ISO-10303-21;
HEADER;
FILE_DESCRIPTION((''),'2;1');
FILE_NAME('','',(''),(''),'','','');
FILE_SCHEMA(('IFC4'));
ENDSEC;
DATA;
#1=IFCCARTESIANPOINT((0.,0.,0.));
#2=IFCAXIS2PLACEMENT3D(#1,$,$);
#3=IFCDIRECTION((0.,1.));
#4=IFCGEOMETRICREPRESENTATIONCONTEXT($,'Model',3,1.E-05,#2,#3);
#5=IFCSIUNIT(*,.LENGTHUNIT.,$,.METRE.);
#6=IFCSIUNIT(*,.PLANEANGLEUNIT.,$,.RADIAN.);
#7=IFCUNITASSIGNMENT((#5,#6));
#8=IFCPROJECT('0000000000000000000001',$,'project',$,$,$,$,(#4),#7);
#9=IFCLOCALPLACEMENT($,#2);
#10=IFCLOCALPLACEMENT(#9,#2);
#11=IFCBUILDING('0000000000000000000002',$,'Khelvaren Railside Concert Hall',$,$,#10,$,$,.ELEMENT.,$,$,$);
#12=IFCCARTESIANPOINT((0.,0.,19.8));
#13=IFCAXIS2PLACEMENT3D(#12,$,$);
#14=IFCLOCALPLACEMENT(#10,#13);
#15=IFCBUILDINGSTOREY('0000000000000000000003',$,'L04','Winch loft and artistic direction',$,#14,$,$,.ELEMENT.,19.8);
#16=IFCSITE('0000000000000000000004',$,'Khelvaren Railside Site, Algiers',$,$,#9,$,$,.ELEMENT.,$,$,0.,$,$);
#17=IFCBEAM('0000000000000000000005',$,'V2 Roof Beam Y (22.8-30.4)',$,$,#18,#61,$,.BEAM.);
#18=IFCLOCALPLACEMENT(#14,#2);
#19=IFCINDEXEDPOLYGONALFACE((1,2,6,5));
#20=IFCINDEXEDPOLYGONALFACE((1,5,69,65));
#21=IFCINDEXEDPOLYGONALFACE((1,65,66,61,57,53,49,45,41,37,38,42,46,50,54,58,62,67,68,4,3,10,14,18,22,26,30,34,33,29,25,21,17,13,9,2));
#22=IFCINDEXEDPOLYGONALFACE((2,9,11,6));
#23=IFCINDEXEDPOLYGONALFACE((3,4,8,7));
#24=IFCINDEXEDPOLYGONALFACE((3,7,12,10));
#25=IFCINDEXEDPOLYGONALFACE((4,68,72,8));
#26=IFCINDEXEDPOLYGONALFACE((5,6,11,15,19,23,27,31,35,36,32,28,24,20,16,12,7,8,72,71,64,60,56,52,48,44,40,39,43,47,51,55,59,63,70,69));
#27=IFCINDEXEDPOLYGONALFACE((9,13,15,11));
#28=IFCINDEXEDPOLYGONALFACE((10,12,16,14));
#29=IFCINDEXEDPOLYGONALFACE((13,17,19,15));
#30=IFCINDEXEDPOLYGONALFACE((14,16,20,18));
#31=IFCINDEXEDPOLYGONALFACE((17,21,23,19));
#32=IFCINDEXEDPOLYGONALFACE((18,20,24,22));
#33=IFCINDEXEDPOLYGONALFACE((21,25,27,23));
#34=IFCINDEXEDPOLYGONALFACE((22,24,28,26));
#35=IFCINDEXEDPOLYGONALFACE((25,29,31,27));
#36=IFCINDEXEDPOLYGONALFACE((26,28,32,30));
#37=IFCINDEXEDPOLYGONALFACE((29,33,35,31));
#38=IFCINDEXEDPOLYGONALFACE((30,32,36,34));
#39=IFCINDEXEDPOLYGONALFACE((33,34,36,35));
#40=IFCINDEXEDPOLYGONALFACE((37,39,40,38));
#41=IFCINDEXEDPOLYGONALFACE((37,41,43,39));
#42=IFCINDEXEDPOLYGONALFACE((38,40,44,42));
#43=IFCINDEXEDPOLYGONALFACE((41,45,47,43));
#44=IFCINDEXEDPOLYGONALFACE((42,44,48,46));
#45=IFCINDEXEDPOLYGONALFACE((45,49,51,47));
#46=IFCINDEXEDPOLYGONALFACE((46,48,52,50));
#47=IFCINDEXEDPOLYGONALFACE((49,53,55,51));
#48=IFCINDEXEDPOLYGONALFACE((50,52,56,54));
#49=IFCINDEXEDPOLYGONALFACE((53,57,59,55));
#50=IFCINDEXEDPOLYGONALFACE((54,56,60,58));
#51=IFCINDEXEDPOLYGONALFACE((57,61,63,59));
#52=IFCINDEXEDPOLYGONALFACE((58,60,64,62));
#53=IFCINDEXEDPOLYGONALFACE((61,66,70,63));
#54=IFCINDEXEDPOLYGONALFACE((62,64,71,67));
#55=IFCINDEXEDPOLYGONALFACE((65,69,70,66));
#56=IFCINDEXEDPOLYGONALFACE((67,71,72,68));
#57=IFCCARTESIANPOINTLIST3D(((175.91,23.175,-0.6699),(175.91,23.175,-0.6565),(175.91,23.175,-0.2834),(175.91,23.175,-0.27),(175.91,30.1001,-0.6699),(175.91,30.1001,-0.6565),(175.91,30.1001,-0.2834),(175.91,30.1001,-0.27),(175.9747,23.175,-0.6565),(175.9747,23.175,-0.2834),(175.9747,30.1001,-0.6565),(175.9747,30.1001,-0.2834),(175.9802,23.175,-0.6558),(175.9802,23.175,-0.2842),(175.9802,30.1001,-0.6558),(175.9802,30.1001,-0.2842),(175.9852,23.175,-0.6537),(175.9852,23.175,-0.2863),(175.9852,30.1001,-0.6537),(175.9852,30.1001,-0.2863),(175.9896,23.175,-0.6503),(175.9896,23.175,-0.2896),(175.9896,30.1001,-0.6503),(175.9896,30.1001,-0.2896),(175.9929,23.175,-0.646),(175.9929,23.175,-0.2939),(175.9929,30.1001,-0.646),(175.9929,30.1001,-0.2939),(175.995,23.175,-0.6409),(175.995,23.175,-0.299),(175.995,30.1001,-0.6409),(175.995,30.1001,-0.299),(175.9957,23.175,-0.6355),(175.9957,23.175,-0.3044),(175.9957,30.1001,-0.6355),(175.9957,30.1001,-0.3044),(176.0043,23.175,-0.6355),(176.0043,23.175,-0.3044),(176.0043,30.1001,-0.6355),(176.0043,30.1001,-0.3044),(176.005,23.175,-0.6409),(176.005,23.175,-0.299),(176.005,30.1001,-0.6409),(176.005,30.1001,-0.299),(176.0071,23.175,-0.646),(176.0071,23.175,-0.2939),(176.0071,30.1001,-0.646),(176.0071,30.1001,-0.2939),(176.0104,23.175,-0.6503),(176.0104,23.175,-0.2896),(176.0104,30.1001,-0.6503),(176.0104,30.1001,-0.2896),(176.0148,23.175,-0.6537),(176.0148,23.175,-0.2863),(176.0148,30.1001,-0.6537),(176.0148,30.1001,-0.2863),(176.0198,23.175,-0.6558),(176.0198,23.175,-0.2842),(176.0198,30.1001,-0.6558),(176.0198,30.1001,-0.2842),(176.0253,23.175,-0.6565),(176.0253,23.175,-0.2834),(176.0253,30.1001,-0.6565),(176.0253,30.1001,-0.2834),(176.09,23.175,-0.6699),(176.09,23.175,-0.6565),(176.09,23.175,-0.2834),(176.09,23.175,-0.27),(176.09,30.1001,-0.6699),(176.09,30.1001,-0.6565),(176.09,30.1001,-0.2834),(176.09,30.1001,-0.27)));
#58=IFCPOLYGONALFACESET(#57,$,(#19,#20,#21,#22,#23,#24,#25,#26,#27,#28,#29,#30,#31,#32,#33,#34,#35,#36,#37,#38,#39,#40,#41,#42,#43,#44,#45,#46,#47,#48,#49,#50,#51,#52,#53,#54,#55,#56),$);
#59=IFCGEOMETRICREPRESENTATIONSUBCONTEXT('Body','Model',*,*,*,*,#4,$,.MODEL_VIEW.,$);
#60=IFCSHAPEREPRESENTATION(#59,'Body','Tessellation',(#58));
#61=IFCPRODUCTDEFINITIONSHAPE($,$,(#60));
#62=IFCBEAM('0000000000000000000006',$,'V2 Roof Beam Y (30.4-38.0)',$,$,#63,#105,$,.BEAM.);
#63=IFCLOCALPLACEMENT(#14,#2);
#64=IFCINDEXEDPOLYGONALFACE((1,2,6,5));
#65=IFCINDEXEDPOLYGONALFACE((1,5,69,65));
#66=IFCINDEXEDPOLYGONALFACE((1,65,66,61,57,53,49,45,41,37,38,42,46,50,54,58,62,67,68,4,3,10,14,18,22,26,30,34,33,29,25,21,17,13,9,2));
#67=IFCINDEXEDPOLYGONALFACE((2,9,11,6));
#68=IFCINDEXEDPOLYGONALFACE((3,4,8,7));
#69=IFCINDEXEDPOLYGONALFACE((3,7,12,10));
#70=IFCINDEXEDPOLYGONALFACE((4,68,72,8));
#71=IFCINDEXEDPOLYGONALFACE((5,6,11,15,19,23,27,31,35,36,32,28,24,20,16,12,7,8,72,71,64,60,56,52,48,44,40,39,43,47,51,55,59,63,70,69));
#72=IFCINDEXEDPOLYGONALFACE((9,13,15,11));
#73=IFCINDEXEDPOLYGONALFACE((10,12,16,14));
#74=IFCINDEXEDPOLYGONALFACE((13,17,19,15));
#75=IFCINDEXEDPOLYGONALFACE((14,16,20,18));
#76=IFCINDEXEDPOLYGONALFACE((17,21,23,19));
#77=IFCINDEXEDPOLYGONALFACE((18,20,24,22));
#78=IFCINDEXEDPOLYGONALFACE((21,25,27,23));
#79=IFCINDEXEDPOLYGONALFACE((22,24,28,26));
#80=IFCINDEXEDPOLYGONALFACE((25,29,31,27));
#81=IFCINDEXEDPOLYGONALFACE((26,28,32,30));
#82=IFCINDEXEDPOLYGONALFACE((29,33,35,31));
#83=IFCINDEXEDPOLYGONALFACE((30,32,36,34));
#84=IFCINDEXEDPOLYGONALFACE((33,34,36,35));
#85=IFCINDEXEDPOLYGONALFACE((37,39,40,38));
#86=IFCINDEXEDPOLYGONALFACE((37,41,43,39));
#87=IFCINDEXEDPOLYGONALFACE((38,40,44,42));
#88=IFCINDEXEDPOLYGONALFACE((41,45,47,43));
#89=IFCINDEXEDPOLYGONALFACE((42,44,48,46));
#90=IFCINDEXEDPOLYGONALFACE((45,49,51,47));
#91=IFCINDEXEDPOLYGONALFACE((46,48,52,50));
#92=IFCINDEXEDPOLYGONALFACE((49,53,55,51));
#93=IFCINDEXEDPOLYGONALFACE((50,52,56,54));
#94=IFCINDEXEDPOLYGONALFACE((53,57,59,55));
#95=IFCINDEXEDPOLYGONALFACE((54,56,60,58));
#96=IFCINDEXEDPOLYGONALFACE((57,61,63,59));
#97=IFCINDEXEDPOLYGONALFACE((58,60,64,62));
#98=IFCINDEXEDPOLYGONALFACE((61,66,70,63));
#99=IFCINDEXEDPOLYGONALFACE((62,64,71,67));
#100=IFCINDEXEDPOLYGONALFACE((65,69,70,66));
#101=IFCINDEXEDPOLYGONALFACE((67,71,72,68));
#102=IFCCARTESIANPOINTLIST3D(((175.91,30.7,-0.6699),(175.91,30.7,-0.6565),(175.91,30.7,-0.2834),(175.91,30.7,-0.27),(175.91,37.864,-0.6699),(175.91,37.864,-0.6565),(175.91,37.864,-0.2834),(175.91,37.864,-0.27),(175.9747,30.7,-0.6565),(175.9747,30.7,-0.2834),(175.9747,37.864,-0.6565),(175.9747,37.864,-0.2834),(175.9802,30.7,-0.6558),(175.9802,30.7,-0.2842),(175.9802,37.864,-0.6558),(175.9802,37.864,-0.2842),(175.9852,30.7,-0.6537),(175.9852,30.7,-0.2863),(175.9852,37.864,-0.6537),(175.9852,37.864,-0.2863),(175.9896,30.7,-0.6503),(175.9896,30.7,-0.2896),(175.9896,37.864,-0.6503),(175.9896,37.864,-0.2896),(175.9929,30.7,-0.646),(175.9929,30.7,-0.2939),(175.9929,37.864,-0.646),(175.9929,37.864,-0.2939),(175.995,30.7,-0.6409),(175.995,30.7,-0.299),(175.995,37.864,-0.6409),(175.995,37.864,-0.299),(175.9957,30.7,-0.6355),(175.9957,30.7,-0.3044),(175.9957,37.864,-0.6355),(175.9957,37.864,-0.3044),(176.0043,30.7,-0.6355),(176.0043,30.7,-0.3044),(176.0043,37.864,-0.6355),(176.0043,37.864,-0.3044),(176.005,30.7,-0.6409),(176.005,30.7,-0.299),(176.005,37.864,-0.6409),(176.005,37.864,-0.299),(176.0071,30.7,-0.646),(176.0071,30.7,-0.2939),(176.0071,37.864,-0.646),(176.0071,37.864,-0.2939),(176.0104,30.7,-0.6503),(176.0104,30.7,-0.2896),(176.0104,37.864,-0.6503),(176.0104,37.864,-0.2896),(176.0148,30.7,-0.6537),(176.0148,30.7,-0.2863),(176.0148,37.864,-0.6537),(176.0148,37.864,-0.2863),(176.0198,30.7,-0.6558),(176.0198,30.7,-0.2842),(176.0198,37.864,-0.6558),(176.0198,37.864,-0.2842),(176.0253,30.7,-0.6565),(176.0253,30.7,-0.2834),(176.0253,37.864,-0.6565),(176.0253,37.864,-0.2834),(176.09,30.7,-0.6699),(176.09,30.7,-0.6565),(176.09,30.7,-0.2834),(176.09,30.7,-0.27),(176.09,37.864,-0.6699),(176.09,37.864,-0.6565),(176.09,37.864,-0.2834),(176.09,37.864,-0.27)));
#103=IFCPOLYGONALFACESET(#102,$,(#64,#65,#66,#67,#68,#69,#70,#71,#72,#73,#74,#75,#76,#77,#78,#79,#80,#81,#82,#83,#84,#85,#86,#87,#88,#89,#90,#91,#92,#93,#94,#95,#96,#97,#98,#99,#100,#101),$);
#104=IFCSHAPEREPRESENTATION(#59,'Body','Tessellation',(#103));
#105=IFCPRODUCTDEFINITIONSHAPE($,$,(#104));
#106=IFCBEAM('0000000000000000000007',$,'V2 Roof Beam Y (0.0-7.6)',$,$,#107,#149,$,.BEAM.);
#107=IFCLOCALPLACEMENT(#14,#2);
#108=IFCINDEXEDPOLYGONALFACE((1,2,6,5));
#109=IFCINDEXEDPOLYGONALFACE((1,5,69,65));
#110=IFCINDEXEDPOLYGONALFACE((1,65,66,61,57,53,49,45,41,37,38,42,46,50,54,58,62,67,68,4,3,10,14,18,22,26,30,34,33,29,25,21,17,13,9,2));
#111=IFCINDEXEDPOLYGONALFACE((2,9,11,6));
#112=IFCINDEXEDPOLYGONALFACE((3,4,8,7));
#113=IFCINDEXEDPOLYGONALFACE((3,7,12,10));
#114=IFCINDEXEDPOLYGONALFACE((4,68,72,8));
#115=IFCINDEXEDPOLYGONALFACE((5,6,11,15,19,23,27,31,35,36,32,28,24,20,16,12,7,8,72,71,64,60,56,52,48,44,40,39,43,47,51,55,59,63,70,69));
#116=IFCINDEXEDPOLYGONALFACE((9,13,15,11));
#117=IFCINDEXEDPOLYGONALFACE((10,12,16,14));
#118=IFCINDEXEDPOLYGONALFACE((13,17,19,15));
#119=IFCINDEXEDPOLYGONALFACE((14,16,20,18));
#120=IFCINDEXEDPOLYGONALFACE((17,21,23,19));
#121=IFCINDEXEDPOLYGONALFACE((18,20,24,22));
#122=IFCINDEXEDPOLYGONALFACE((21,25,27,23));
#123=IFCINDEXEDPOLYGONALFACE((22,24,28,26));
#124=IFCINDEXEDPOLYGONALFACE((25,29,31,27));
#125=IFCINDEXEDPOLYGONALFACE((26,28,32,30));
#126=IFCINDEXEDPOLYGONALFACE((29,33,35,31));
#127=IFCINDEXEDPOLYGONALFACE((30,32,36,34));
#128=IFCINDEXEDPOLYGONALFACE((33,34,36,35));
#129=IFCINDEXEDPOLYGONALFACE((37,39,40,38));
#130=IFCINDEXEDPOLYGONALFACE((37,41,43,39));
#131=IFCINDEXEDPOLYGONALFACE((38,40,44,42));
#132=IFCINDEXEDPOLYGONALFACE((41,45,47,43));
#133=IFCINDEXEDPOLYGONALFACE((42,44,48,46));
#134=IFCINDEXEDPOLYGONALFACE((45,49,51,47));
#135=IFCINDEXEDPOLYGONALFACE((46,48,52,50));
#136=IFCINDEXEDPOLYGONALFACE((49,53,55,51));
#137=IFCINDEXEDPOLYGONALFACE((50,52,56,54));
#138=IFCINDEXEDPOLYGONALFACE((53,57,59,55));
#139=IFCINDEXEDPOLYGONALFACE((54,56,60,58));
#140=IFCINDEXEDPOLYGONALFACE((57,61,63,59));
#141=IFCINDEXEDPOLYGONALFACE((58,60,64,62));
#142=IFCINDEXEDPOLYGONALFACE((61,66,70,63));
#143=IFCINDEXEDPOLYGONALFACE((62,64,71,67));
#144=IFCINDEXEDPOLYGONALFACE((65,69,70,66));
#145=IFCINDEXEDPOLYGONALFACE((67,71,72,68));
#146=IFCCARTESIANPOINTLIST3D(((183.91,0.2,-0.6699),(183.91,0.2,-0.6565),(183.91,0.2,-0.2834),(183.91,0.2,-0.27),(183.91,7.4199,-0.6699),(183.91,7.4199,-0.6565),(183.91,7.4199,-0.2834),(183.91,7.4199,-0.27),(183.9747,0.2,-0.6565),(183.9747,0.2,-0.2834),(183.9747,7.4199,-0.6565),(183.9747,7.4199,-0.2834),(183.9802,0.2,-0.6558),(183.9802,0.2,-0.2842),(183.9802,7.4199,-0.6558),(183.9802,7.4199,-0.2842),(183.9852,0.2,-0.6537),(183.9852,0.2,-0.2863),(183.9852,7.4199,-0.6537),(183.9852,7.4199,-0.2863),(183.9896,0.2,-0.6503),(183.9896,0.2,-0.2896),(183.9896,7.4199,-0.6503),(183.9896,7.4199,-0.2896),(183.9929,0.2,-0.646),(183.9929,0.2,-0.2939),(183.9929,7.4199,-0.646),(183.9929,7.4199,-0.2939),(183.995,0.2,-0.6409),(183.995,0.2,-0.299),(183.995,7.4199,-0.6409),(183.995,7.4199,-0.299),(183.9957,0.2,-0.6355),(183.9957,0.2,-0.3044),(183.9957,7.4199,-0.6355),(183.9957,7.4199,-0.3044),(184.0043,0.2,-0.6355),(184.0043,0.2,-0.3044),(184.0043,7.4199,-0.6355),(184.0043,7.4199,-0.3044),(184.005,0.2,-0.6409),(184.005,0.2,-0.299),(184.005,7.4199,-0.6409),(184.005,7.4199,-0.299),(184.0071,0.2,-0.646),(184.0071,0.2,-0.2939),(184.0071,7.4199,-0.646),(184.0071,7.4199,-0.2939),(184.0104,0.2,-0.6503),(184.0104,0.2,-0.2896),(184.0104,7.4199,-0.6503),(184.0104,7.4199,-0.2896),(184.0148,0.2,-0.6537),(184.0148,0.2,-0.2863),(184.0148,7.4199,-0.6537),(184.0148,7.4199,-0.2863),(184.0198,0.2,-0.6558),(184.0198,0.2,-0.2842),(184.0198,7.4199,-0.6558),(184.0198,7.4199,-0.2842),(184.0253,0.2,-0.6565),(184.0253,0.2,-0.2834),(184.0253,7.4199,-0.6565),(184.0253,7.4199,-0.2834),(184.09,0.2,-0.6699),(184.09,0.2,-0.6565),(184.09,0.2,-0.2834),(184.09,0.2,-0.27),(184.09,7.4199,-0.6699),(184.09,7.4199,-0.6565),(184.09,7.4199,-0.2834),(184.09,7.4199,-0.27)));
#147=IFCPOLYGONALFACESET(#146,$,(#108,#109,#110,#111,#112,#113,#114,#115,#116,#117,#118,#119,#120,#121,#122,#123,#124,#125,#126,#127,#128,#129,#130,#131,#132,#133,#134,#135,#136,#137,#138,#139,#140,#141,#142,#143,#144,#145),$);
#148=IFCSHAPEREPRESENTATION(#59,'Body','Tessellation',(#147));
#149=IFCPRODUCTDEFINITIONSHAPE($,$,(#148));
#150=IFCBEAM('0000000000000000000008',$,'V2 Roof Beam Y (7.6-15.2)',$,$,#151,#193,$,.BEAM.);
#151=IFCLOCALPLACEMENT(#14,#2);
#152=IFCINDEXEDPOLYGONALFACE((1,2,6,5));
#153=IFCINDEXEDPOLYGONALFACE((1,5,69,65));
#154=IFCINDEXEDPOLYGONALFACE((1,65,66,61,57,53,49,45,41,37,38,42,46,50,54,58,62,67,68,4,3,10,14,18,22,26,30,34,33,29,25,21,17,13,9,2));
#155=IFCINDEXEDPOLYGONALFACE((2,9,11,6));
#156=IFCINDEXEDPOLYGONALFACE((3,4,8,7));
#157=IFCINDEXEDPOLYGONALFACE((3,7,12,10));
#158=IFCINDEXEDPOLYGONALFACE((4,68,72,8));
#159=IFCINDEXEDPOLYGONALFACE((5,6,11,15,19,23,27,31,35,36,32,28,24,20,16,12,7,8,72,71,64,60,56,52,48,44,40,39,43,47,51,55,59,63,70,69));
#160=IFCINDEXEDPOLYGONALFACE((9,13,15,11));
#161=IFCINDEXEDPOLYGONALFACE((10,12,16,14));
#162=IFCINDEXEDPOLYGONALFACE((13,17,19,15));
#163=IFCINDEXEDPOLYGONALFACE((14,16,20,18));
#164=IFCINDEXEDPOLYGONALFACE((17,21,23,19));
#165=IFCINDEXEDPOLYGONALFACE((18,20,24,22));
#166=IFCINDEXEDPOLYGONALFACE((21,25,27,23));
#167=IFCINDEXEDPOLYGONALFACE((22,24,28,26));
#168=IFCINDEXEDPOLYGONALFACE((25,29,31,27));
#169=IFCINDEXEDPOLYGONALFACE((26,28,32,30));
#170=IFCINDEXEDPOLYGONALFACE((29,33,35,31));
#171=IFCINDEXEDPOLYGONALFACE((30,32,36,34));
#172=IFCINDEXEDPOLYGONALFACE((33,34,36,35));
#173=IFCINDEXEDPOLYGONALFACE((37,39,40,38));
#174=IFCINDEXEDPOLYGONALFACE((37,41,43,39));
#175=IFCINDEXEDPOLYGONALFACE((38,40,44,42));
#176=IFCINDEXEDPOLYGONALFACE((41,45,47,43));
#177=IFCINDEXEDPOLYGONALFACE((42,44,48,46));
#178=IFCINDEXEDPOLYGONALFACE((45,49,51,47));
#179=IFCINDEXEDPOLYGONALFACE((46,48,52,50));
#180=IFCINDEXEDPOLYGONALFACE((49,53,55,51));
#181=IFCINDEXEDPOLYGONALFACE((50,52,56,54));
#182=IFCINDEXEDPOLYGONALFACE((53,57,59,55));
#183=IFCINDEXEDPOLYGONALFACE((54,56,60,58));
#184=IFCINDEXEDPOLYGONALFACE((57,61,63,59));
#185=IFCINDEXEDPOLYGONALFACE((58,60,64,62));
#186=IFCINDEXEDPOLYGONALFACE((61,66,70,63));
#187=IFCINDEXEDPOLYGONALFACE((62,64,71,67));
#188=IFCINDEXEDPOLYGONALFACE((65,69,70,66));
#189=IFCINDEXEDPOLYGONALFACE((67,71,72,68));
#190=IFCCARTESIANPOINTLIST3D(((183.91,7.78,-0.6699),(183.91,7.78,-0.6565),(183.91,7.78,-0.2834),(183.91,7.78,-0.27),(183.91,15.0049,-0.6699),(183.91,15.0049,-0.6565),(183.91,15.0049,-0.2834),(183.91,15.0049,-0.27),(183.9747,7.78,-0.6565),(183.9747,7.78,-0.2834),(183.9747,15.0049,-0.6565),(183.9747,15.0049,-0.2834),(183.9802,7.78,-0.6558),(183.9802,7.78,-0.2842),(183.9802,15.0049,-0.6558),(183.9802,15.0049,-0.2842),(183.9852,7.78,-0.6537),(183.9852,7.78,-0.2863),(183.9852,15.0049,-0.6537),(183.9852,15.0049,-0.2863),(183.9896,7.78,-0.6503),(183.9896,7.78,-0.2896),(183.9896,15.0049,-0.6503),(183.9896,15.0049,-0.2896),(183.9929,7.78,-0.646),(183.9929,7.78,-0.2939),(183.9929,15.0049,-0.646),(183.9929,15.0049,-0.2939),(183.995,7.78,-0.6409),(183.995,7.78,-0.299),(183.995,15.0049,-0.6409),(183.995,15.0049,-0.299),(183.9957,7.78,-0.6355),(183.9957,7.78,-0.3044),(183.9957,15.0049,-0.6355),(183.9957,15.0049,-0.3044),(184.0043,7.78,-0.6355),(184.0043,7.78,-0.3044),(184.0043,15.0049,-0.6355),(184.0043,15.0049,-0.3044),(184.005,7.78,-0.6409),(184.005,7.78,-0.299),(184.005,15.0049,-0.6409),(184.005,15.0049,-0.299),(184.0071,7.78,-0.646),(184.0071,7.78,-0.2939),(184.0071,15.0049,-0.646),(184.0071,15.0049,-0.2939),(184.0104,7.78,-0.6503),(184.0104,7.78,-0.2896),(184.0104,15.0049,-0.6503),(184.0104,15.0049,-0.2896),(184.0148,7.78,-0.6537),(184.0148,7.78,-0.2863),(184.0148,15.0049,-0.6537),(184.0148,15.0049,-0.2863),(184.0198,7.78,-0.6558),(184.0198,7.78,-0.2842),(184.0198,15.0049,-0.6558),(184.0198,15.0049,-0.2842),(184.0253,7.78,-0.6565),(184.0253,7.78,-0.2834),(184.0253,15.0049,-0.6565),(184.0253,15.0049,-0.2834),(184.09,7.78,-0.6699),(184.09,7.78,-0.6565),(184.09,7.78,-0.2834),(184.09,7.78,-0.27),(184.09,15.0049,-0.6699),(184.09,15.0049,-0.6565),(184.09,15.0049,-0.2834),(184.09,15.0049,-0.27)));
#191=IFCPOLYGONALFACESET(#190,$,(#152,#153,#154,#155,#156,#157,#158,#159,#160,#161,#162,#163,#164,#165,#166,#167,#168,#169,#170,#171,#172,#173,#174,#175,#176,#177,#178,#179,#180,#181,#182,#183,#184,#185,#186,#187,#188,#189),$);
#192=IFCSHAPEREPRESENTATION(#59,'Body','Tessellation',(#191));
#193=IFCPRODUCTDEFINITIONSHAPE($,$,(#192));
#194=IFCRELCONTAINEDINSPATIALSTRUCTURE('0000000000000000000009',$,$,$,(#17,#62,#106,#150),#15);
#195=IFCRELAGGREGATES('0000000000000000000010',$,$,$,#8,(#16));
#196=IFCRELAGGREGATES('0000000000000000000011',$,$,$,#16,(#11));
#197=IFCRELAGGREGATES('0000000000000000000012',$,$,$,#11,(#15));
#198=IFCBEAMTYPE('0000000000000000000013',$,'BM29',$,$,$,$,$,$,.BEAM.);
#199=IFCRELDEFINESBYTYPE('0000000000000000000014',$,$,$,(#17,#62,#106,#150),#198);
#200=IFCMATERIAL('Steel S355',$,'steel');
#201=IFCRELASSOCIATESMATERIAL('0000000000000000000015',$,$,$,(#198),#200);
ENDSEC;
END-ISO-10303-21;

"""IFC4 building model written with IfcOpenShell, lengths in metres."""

from ifc_helpers import new_model, si_unit, direction, frame, origin, origin_2d, place, context, subcontext, project, spatial, i_section, extrude, material, material_profile, profile_set, type_object, element, save


model = new_model("IFC4")

# Units and contexts
model_context = context("Model", 3, precision=1e-05, world=origin(), true_north=direction((0.0, 1.0)))
body_context = subcontext(model_context, "Body", "Model", "MODEL_VIEW")
ifc_project = project(units=[si_unit("LENGTHUNIT", "METRE"), si_unit("PLANEANGLEUNIT", "RADIAN")], contexts=[model_context])

# Site, building, storey
site_placement = place(None, origin())
site = spatial("IfcSite", under=ifc_project, at=site_placement, Name="Khelvaren Railside Site, Algiers", CompositionType="ELEMENT", RefElevation=0.0)
building_placement = place(site_placement, origin())
building = spatial("IfcBuilding", under=site, at=building_placement, Name="Khelvaren Railside Concert Hall", CompositionType="ELEMENT")
storey_placement = place(building_placement, frame((0.0, 0.0, 19.8)))
storey = spatial("IfcBuildingStorey", under=building, at=storey_placement, Name="L04", Description="Winch loft and artistic direction", CompositionType="ELEMENT", Elevation=19.8)

# Beams
ifc_material_1 = material(Name="Steel S355", Category="steel")
ifc_material_profile_1 = material_profile(ifc_material_1, i_section(OverallWidth=0.1799, OverallDepth=0.3999, WebThickness=0.0085, FlangeThickness=0.0134, FilletRadius=0.021, at=origin_2d()), Name="IPE 400")
ifc_profile_set_1 = profile_set([ifc_material_profile_1], Name="Steel S355")
beam_type_1 = type_object("IfcBeamType", Name="BM29", PredefinedType="BEAM", material=ifc_profile_set_1)
beam_1_placement = place(storey_placement, frame((176.0, 23.175, -0.47), z_axis=(0.0, 1.0, 0.0), x_axis=(-1.0, 0.0, 0.0)))
element("IfcBeam", 1, at=beam_1_placement, inside=storey, type_object=beam_type_1, Name="V2 Roof Beam Y (22.8-30.4)", PredefinedType="BEAM", context=body_context, shape_type="SweptSolid", body=[
    extrude(i_section(OverallWidth=0.1799, OverallDepth=0.3999, WebThickness=0.0085, FlangeThickness=0.0134, FilletRadius=0.021, at=origin_2d()), origin(), (0.0, 0.0, 1.0), 6.925),
])
beam_2_placement = place(storey_placement, frame((176.0, 30.7, -0.47), z_axis=(0.0, 1.0, 0.0), x_axis=(-1.0, 0.0, 0.0)))
element("IfcBeam", 2, at=beam_2_placement, inside=storey, type_object=beam_type_1, Name="V2 Roof Beam Y (30.4-38.0)", PredefinedType="BEAM", context=body_context, shape_type="SweptSolid", body=[
    extrude(i_section(OverallWidth=0.1799, OverallDepth=0.3999, WebThickness=0.0085, FlangeThickness=0.0134, FilletRadius=0.021, at=origin_2d()), origin(), (0.0, 0.0, 1.0), 7.1641),
])
beam_3_placement = place(storey_placement, frame((184.0, 0.2, -0.47), z_axis=(0.0, 1.0, 0.0), x_axis=(-1.0, 0.0, 0.0)))
element("IfcBeam", 3, at=beam_3_placement, inside=storey, type_object=beam_type_1, Name="V2 Roof Beam Y (0.0-7.6)", PredefinedType="BEAM", context=body_context, shape_type="SweptSolid", body=[
    extrude(i_section(OverallWidth=0.1799, OverallDepth=0.3999, WebThickness=0.0085, FlangeThickness=0.0134, FilletRadius=0.021, at=origin_2d()), origin(), (0.0, 0.0, 1.0), 7.22),
])
beam_4_placement = place(storey_placement, frame((184.0, 7.78, -0.47), z_axis=(0.0, 1.0, 0.0), x_axis=(-1.0, 0.0, 0.0)))
element("IfcBeam", 4, at=beam_4_placement, inside=storey, type_object=beam_type_1, Name="V2 Roof Beam Y (7.6-15.2)", PredefinedType="BEAM", context=body_context, shape_type="SweptSolid", body=[
    extrude(i_section(OverallWidth=0.1799, OverallDepth=0.3999, WebThickness=0.0085, FlangeThickness=0.0134, FilletRadius=0.021, at=origin_2d()), origin(), (0.0, 0.0, 1.0), 7.2249),
])

save(model, "model.ifc")
